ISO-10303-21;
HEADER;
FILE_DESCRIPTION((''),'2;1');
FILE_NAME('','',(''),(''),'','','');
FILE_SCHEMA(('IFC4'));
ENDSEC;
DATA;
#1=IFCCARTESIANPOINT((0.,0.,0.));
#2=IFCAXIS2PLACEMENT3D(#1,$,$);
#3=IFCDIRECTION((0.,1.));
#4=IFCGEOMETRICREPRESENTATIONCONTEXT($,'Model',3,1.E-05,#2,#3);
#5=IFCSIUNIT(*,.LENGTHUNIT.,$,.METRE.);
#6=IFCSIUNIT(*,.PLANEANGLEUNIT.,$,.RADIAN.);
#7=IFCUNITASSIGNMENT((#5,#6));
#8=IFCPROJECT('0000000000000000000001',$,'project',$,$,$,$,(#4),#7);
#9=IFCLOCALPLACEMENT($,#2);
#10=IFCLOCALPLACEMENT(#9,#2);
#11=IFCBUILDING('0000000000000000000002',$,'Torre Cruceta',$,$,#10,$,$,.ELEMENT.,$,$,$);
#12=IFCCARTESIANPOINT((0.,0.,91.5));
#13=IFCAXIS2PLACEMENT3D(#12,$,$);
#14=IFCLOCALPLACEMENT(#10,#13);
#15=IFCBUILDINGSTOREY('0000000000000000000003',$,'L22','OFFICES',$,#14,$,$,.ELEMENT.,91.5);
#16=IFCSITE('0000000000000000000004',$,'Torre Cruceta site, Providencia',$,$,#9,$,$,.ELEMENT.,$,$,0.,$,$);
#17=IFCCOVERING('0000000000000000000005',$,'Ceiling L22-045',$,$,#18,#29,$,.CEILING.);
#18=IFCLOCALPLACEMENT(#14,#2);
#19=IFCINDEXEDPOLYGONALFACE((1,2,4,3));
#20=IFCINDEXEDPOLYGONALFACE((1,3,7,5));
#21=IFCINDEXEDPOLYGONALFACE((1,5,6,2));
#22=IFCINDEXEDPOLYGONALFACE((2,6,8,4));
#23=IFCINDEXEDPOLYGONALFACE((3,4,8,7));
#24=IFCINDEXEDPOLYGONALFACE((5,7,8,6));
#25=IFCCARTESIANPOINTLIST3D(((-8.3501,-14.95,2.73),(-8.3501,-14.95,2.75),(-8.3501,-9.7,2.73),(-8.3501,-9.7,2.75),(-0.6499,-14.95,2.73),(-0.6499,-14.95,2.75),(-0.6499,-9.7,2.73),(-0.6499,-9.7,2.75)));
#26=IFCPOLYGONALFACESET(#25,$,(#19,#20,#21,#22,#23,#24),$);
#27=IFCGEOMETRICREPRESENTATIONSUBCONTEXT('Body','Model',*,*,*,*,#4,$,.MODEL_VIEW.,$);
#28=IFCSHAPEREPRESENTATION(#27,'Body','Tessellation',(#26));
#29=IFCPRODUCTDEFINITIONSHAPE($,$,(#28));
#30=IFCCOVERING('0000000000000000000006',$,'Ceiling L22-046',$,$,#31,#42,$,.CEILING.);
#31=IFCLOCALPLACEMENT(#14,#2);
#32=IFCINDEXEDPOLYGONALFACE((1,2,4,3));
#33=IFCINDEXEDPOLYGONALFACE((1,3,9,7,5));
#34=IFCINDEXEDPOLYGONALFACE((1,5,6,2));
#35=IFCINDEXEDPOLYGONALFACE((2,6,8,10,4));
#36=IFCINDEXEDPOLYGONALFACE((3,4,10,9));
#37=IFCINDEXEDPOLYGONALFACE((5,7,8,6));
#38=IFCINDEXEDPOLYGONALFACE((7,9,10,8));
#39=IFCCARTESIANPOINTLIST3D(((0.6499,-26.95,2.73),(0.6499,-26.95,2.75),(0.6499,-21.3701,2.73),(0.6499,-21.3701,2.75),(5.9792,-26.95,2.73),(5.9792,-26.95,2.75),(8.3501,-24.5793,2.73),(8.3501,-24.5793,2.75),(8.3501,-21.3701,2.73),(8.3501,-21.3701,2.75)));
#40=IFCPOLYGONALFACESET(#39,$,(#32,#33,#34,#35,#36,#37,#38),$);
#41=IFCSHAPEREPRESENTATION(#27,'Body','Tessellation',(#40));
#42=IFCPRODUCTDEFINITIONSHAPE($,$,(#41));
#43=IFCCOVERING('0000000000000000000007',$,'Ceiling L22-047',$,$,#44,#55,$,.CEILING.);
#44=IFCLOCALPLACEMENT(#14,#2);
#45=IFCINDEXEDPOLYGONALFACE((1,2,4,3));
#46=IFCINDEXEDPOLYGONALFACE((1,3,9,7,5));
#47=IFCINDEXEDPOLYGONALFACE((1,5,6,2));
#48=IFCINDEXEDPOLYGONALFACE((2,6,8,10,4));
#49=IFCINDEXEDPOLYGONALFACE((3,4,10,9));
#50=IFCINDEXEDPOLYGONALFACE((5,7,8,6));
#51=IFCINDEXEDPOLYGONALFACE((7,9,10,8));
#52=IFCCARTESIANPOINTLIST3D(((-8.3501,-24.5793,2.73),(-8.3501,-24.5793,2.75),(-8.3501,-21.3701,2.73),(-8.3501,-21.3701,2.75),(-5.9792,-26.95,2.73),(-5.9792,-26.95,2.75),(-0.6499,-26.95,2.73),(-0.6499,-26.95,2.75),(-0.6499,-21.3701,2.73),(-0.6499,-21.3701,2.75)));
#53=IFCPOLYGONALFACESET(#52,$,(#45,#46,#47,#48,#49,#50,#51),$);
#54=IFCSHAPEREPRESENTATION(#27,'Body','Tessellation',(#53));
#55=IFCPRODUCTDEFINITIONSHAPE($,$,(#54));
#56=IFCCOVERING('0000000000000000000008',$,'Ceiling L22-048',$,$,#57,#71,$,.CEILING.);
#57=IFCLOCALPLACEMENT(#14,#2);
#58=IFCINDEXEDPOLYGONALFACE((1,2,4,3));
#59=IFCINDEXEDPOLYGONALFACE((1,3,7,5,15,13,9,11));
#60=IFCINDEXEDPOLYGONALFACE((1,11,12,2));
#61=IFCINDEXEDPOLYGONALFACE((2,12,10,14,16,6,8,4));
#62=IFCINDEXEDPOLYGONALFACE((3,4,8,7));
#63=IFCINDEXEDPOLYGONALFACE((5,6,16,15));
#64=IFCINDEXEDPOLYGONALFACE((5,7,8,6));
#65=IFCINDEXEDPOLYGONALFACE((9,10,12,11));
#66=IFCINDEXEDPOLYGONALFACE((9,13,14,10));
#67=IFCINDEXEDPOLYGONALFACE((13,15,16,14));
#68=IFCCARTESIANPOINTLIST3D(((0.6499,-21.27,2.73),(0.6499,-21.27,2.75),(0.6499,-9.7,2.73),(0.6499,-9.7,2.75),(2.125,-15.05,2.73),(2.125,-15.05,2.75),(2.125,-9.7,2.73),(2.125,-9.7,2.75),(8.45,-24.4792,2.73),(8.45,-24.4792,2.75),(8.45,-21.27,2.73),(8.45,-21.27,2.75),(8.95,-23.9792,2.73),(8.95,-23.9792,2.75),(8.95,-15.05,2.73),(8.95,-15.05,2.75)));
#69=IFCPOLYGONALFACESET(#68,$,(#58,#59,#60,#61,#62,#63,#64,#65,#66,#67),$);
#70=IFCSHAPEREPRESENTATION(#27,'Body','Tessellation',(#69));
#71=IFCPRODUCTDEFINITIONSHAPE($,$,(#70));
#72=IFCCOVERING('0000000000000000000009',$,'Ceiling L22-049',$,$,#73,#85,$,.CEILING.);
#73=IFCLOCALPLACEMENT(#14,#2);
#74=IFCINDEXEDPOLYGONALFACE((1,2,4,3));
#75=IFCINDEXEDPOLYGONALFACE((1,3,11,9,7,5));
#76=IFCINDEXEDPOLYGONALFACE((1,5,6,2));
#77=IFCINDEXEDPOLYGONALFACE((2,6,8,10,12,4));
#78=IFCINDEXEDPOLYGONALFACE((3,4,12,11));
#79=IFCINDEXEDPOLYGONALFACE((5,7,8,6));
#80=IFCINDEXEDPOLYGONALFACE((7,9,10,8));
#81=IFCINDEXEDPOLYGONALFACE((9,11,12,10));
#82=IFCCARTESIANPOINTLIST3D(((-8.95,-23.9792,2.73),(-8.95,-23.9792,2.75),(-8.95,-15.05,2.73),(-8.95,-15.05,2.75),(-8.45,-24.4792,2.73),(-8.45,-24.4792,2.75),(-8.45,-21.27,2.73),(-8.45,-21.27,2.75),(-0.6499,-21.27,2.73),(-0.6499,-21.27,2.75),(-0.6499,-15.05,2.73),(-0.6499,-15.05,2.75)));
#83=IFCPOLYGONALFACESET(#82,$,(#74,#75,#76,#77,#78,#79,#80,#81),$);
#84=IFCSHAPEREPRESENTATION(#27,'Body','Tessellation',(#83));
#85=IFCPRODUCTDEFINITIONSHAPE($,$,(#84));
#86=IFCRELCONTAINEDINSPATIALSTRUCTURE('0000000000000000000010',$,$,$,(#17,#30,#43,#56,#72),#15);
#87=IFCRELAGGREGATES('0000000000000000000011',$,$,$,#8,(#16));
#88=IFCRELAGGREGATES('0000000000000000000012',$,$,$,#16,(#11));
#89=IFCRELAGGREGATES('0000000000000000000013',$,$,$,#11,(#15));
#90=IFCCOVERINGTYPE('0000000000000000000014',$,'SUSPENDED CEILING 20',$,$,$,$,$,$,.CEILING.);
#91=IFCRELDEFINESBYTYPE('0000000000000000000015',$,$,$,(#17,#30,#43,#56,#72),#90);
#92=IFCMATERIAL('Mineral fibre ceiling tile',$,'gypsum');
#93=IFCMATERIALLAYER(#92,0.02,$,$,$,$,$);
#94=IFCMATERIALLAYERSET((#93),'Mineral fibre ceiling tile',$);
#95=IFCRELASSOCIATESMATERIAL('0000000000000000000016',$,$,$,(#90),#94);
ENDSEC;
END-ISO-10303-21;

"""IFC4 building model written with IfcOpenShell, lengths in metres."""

from ifc_helpers import new_model, si_unit, direction, frame, origin, place, context, subcontext, project, spatial, polyline, outline, extrude, material, layer, layer_set, type_object, element, save


model = new_model("IFC4")

# Units and contexts
model_context = context("Model", 3, precision=1e-05, world=origin(), true_north=direction((0.0, 1.0)))
body_context = subcontext(model_context, "Body", "Model", "MODEL_VIEW")
ifc_project = project(units=[si_unit("LENGTHUNIT", "METRE"), si_unit("PLANEANGLEUNIT", "RADIAN")], contexts=[model_context])

# Site, building, storey
site_placement = place(None, origin())
site = spatial("IfcSite", under=ifc_project, at=site_placement, Name="Torre Cruceta site, Providencia", CompositionType="ELEMENT", RefElevation=0.0)
building_placement = place(site_placement, origin())
building = spatial("IfcBuilding", under=site, at=building_placement, Name="Torre Cruceta", CompositionType="ELEMENT")
storey_placement = place(building_placement, frame((0.0, 0.0, 91.5)))
storey = spatial("IfcBuildingStorey", under=building, at=storey_placement, Name="L22", Description="OFFICES", CompositionType="ELEMENT", Elevation=91.5)

# Coverings
ifc_material_1 = material(Name="Mineral fibre ceiling tile", Category="gypsum")
ifc_layer_1 = layer(ifc_material_1, 0.02)
ifc_layer_set_1 = layer_set([ifc_layer_1], Name="Mineral fibre ceiling tile")
covering_type_1 = type_object("IfcCoveringType", Name="SUSPENDED CEILING 20", PredefinedType="CEILING", material=ifc_layer_set_1)
covering_1_placement = place(storey_placement, frame((0.0, 0.0, 2.73)))
element("IfcCovering", 1, at=covering_1_placement, inside=storey, type_object=covering_type_1, Name="Ceiling L22-045", PredefinedType="CEILING", context=body_context, shape_type="SweptSolid", body=[
    extrude(outline(polyline([(-8.3501, -9.7), (-0.6499, -9.7), (-0.6499, -14.95), (-8.3501, -14.95), (-8.3501, -9.7)])), origin(), (0.0, 0.0, 1.0), 0.02),
])
covering_2_placement = place(storey_placement, frame((0.0, 0.0, 2.73)))
element("IfcCovering", 2, at=covering_2_placement, inside=storey, type_object=covering_type_1, Name="Ceiling L22-046", PredefinedType="CEILING", context=body_context, shape_type="SweptSolid", body=[
    extrude(outline(polyline([(0.6499, -26.95), (0.6499, -21.3701), (8.3501, -21.3701), (8.3501, -24.5793), (5.9792, -26.95), (0.6499, -26.95)])), origin(), (0.0, 0.0, 1.0), 0.02),
])
covering_3_placement = place(storey_placement, frame((0.0, 0.0, 2.73)))
element("IfcCovering", 3, at=covering_3_placement, inside=storey, type_object=covering_type_1, Name="Ceiling L22-047", PredefinedType="CEILING", context=body_context, shape_type="SweptSolid", body=[
    extrude(outline(polyline([(-8.3501, -24.5793), (-8.3501, -21.3701), (-0.6499, -21.3701), (-0.6499, -26.95), (-5.9792, -26.95), (-8.3501, -24.5793)])), origin(), (0.0, 0.0, 1.0), 0.02),
])
covering_4_placement = place(storey_placement, frame((0.0, 0.0, 2.73)))
element("IfcCovering", 4, at=covering_4_placement, inside=storey, type_object=covering_type_1, Name="Ceiling L22-048", PredefinedType="CEILING", context=body_context, shape_type="SweptSolid", body=[
    extrude(outline(polyline([(2.125, -9.7), (2.125, -15.05), (8.95, -15.05), (8.95, -23.9792), (8.45, -24.4792), (8.45, -21.27), (0.6499, -21.27), (0.6499, -9.7), (2.125, -9.7)])), origin(), (0.0, 0.0, 1.0), 0.02),
])
covering_5_placement = place(storey_placement, frame((0.0, 0.0, 2.73)))
element("IfcCovering", 5, at=covering_5_placement, inside=storey, type_object=covering_type_1, Name="Ceiling L22-049", PredefinedType="CEILING", context=body_context, shape_type="SweptSolid", body=[
    extrude(outline(polyline([(-8.95, -15.05), (-0.6499, -15.05), (-0.6499, -21.27), (-8.45, -21.27), (-8.45, -24.4792), (-8.95, -23.9792), (-8.95, -15.05)])), origin(), (0.0, 0.0, 1.0), 0.02),
])

save(model, "model.ifc")
